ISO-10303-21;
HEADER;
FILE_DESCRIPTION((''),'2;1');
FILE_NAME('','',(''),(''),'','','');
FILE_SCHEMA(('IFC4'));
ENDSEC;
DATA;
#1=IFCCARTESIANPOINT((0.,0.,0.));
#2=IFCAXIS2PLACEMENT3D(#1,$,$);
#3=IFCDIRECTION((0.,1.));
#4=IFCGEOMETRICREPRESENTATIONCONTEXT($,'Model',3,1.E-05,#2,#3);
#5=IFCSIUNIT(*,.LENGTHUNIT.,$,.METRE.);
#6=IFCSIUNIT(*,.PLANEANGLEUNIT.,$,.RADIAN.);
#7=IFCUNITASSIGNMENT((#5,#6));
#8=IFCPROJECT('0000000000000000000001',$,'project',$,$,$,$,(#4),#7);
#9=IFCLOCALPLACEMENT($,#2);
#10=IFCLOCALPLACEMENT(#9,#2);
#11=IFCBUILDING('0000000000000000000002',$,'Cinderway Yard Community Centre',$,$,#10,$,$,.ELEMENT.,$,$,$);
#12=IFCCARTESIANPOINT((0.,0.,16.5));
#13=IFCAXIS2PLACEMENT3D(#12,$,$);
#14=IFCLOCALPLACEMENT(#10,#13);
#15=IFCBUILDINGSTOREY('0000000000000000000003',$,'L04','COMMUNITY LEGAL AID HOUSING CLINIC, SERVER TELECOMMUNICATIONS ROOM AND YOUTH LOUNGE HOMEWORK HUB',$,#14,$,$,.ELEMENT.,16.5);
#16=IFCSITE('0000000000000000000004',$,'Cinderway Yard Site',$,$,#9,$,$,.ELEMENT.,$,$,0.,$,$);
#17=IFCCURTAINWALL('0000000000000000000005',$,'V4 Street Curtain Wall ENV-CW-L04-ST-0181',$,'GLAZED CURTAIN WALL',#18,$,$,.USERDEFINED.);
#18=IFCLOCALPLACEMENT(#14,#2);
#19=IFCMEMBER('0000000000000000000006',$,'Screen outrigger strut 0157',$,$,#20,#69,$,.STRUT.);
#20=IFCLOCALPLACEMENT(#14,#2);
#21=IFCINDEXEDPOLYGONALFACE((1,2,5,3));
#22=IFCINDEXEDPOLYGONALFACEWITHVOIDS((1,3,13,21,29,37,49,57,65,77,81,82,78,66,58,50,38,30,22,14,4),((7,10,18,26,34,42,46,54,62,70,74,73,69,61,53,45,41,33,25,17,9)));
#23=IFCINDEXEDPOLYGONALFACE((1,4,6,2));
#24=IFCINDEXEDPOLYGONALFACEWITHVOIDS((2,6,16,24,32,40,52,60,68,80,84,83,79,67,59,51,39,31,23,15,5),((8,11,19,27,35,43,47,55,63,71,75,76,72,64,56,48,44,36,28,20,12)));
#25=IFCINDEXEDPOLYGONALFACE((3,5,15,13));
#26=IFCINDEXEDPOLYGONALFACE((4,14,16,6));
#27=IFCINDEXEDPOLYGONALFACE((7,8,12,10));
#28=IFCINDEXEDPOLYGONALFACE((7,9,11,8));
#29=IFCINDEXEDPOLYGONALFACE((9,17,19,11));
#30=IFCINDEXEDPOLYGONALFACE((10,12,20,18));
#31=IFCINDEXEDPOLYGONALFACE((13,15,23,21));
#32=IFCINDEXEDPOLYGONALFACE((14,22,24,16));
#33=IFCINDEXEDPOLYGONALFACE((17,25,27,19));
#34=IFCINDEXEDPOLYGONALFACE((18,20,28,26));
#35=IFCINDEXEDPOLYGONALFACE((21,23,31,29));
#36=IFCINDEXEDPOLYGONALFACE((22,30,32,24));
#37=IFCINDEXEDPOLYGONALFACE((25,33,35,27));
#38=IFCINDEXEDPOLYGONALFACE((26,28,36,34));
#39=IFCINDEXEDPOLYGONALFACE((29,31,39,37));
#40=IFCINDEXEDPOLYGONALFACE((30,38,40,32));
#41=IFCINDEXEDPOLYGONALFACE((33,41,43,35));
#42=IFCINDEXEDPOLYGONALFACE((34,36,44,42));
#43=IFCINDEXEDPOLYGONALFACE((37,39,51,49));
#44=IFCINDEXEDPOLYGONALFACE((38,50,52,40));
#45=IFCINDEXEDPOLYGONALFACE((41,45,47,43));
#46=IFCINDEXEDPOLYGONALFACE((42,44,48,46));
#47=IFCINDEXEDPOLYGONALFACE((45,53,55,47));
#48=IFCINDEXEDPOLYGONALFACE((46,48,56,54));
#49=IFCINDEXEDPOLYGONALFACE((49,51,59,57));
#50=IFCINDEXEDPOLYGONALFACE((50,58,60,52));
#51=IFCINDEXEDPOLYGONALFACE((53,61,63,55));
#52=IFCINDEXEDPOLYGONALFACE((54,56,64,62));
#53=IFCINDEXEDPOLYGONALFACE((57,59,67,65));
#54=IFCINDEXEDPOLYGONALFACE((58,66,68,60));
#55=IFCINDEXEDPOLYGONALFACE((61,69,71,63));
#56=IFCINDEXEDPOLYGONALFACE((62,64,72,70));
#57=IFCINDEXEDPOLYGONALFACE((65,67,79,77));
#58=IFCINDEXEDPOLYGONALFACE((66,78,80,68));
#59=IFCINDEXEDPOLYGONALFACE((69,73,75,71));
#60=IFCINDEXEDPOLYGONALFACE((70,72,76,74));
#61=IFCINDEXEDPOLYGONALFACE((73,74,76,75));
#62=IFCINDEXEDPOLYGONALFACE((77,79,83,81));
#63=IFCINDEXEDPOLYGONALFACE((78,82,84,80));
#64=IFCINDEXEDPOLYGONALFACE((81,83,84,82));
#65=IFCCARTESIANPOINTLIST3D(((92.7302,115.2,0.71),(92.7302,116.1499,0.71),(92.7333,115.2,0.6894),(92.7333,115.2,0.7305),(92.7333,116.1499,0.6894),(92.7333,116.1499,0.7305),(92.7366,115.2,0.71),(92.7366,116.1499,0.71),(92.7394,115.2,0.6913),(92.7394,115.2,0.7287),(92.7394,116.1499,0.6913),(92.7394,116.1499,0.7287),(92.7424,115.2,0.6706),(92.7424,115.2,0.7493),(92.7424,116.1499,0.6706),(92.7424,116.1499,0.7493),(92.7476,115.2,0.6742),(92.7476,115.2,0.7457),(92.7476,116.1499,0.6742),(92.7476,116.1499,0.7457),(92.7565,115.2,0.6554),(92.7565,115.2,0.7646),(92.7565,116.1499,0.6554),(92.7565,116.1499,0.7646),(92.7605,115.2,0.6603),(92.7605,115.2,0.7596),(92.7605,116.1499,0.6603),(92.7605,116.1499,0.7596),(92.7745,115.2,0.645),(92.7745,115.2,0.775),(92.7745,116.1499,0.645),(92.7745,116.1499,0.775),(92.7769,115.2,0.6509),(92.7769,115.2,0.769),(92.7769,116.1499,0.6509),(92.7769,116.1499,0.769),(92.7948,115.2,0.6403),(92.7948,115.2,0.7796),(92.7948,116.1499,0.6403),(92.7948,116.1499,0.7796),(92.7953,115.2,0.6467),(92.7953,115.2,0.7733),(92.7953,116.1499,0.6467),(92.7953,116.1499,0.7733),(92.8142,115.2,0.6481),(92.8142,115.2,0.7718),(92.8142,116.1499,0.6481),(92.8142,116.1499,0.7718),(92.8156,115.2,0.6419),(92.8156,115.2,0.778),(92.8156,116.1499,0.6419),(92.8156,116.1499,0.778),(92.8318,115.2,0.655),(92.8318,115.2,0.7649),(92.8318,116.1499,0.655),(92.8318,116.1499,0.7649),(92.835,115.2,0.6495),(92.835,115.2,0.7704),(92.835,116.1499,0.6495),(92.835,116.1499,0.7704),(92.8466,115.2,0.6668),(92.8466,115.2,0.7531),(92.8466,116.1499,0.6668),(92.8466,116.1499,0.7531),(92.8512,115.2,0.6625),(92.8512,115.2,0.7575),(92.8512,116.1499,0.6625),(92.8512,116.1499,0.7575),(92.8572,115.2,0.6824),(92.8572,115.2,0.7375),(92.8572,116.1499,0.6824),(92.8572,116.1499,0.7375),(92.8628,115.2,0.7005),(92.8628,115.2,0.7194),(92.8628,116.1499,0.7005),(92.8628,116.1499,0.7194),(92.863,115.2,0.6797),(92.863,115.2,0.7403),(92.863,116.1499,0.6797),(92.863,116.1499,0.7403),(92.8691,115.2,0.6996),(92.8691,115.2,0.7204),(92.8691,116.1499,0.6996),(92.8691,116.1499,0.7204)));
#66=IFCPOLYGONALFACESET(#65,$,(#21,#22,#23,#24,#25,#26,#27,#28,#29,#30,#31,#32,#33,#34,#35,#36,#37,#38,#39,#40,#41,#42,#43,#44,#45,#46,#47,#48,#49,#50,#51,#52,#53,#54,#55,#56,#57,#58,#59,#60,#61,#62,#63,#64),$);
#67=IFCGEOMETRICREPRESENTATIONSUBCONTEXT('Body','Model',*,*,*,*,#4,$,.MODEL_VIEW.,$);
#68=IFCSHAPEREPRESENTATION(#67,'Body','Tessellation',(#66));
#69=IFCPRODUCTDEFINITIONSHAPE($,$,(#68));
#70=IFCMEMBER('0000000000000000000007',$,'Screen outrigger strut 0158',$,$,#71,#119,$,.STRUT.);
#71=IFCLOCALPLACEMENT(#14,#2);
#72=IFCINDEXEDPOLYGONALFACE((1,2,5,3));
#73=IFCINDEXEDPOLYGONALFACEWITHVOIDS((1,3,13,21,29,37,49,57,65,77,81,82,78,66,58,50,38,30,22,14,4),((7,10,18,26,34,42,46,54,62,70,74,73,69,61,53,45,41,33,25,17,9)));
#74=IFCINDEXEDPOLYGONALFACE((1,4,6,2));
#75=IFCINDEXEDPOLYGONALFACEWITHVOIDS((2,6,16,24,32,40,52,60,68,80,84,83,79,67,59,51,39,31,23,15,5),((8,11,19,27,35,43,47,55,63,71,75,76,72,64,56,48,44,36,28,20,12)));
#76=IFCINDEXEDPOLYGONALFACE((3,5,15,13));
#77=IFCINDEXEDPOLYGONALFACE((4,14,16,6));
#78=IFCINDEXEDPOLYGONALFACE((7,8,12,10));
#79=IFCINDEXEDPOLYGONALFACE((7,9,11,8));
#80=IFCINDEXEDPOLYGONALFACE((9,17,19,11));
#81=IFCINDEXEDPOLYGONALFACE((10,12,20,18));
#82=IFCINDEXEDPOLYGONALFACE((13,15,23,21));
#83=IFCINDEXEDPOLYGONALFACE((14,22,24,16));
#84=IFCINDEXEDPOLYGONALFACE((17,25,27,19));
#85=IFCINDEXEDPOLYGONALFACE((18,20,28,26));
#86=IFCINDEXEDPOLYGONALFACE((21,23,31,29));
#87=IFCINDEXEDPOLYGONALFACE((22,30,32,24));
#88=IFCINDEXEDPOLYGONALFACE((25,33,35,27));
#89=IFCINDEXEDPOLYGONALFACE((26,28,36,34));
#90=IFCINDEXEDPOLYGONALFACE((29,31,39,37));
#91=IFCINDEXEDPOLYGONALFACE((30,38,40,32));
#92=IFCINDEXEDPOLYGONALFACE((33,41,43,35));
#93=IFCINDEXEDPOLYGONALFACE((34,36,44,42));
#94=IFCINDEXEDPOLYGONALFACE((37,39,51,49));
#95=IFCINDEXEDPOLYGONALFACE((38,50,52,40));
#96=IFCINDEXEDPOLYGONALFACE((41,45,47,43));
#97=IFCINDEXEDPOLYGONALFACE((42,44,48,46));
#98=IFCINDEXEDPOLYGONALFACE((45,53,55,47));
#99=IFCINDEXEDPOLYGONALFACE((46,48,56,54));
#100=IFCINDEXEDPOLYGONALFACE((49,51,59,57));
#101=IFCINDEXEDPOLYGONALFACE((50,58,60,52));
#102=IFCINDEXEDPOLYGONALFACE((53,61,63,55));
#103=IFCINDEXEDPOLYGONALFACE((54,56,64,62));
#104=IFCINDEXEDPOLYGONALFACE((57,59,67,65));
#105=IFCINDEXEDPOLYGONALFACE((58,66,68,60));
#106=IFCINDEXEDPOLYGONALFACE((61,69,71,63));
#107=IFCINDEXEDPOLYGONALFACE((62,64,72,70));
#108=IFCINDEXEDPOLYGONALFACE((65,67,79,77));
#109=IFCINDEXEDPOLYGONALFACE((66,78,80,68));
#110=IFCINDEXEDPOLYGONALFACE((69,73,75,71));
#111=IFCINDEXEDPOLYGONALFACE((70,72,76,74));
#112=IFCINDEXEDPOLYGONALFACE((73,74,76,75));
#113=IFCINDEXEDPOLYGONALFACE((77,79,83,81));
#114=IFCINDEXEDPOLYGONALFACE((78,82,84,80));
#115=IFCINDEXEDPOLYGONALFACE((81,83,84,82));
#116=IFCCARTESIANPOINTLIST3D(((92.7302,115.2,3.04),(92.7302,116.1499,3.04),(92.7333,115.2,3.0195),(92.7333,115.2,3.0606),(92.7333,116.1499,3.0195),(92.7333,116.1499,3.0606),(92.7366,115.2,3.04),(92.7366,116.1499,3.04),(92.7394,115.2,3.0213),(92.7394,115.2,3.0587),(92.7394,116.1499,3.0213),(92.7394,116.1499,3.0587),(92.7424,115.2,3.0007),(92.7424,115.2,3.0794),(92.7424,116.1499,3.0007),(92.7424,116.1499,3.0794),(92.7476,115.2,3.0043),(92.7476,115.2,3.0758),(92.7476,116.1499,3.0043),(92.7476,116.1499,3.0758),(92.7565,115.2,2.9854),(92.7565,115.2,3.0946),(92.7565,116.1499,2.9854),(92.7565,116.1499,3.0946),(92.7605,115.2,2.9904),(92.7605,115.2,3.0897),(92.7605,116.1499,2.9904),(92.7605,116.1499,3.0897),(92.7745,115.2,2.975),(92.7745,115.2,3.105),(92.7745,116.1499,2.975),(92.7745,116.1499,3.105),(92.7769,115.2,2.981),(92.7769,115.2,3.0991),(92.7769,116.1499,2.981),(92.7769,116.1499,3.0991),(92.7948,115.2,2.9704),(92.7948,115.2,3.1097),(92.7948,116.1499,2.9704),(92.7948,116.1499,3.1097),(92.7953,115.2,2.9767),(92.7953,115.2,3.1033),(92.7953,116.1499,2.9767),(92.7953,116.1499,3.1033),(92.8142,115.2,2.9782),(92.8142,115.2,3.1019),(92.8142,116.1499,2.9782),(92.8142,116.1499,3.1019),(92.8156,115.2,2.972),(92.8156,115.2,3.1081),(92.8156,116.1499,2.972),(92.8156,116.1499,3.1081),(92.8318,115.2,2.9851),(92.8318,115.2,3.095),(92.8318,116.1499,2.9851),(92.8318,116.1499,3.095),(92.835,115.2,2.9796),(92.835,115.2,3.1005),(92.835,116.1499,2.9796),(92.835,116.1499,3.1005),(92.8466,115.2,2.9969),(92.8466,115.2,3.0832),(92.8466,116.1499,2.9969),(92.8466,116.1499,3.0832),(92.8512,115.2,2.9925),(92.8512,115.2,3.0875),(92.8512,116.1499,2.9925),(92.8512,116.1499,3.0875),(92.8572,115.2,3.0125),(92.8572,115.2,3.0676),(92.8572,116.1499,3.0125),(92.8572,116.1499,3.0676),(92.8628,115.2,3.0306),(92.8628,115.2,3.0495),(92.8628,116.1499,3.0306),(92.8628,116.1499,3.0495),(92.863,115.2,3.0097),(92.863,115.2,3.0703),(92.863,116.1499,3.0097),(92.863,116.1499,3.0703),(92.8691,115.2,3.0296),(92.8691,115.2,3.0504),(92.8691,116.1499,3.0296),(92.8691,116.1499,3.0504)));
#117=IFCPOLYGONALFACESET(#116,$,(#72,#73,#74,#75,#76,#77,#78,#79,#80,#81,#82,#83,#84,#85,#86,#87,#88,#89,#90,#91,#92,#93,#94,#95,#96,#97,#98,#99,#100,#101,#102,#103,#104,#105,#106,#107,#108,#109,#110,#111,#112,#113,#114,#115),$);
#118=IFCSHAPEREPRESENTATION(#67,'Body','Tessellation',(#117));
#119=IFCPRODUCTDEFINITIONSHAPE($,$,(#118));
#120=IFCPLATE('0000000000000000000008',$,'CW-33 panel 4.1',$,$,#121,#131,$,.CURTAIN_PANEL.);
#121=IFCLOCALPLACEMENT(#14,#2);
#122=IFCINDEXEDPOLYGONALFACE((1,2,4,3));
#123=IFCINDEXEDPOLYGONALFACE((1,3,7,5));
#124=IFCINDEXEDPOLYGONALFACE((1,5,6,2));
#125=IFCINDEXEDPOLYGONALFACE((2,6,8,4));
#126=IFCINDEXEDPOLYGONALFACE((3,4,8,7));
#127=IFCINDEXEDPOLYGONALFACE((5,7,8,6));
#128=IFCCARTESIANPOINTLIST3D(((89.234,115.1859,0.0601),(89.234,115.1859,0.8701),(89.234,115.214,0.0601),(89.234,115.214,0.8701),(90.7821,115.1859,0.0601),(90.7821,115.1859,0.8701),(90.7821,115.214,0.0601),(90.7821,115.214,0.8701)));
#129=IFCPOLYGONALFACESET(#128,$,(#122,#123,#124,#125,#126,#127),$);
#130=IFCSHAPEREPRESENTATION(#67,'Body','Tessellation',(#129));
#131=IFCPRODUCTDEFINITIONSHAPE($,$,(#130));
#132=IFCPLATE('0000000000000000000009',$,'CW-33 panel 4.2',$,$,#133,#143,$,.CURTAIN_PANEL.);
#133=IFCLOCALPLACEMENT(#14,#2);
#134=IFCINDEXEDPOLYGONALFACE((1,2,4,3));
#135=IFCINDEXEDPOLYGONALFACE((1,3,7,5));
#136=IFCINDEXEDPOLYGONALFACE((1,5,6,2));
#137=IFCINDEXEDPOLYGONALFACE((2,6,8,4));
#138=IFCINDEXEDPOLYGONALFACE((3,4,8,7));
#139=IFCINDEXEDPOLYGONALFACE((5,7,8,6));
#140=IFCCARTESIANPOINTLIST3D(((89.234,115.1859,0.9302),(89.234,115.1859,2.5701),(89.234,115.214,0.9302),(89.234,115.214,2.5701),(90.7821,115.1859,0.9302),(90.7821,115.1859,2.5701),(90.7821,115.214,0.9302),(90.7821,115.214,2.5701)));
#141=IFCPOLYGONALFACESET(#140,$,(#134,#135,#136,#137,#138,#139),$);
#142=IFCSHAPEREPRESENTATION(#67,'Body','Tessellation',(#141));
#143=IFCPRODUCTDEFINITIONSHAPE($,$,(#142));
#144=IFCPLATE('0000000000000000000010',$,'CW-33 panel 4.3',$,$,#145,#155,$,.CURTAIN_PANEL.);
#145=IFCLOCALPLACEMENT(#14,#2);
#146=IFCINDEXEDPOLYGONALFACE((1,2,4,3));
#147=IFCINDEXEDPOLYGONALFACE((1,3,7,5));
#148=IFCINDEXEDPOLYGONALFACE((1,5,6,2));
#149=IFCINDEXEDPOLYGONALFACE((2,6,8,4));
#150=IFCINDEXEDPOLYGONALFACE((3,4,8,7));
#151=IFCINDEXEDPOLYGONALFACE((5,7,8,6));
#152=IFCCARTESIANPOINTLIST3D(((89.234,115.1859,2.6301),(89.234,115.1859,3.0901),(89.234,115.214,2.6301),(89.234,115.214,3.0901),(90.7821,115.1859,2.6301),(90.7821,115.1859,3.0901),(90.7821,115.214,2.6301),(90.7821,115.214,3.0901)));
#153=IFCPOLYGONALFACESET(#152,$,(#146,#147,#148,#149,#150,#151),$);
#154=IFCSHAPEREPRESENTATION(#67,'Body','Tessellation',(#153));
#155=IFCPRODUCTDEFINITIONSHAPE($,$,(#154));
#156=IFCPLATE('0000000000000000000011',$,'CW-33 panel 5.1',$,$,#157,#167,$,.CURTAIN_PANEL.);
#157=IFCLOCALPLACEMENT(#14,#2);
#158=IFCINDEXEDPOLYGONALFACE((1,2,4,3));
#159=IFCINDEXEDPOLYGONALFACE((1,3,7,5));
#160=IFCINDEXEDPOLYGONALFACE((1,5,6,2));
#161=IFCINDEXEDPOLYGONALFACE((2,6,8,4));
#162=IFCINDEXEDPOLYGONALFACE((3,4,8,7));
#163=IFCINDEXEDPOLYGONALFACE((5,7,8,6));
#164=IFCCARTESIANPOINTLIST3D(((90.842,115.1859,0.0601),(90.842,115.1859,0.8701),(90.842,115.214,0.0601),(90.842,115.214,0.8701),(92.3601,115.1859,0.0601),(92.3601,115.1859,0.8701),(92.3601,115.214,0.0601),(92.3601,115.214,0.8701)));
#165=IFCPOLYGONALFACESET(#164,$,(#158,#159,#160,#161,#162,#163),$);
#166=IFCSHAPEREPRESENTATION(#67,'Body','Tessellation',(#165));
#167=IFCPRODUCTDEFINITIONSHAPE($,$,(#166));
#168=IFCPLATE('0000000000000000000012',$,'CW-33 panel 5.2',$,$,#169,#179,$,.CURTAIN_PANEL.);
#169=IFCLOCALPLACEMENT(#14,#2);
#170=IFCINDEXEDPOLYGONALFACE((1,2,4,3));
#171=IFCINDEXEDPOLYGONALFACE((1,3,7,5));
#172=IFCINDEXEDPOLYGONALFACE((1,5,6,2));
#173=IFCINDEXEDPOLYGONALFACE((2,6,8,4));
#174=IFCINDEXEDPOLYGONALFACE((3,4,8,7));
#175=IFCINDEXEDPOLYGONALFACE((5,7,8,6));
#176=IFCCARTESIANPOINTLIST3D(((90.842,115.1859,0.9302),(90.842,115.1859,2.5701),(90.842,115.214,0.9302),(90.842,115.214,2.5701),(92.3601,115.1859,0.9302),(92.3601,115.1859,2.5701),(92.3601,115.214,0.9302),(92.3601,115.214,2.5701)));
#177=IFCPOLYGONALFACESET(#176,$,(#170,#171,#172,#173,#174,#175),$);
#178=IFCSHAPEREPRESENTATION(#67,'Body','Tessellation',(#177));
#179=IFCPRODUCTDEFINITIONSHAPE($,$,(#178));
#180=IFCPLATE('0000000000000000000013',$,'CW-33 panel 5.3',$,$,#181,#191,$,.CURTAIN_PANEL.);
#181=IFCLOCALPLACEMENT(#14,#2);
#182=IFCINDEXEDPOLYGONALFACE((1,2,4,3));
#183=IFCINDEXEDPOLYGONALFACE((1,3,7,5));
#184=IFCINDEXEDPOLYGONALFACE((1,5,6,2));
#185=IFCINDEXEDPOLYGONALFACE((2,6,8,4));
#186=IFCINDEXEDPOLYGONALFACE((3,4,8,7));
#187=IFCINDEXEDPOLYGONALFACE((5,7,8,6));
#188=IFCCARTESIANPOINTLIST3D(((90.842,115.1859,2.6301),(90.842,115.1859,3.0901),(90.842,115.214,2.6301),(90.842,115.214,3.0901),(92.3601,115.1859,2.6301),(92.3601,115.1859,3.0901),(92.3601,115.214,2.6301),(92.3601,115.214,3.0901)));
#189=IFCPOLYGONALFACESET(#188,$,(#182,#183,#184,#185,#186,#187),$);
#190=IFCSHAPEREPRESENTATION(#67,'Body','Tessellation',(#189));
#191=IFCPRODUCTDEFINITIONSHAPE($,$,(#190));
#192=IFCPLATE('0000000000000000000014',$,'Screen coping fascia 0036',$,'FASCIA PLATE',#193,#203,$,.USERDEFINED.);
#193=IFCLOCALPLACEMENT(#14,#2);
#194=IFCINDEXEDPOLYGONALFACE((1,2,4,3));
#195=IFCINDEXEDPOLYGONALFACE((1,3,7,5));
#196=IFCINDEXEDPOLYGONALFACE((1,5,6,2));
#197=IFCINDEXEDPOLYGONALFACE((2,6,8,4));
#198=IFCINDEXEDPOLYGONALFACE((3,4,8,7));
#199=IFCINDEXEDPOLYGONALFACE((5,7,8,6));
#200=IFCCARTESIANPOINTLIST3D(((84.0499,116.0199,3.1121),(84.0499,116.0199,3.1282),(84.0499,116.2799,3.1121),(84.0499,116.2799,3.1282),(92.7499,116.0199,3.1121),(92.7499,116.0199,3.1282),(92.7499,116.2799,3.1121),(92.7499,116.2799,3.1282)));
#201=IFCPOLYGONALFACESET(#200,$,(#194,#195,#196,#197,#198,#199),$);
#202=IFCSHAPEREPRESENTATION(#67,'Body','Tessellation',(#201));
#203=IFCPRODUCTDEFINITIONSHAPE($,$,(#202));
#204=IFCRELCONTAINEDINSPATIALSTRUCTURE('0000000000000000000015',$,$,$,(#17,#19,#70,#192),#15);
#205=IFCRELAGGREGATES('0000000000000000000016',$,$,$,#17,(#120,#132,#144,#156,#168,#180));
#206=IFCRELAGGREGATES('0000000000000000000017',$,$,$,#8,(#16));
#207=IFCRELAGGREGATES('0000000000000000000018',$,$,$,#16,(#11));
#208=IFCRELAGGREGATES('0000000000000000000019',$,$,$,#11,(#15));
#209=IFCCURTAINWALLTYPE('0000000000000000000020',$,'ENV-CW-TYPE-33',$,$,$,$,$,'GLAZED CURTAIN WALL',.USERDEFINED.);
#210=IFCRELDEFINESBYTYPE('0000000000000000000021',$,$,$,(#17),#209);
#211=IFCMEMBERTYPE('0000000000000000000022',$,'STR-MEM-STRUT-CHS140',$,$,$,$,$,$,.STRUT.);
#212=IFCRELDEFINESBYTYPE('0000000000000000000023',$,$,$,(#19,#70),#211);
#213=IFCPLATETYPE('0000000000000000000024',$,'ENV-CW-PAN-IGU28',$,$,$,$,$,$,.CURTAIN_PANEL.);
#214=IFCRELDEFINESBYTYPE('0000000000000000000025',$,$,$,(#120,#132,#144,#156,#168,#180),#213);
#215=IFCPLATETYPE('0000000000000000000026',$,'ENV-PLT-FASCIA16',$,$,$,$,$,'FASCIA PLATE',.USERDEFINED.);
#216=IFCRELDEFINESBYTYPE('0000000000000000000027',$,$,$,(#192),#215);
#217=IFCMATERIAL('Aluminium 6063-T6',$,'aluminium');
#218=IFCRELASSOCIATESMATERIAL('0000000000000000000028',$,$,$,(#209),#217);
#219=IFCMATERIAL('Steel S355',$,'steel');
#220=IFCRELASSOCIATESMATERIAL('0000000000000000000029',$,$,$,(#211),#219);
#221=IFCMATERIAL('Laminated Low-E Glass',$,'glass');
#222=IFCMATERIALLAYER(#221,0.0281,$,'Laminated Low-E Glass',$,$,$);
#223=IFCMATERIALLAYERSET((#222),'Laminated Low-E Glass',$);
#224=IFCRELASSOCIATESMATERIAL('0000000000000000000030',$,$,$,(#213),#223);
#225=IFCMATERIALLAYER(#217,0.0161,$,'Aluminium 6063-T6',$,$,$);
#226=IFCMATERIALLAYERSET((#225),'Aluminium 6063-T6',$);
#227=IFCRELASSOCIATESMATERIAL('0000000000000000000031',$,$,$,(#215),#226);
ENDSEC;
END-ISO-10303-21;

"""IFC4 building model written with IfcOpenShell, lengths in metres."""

from ifc_helpers import new_model, si_unit, direction, frame, origin, origin_2d, place, context, subcontext, project, spatial, rectangle, hollow_circle, extrude, material, layer, layer_set, material_profile, profile_set, type_object, element, aggregate, save


model = new_model("IFC4")

# Units and contexts
model_context = context("Model", 3, precision=1e-05, world=origin(), true_north=direction((0.0, 1.0)))
body_context = subcontext(model_context, "Body", "Model", "MODEL_VIEW")
ifc_project = project(units=[si_unit("LENGTHUNIT", "METRE"), si_unit("PLANEANGLEUNIT", "RADIAN")], contexts=[model_context])

# Site, building, storey
site_placement = place(None, origin())
site = spatial("IfcSite", under=ifc_project, at=site_placement, Name="Cinderway Yard Site", CompositionType="ELEMENT", RefElevation=0.0)
building_placement = place(site_placement, origin())
building = spatial("IfcBuilding", under=site, at=building_placement, Name="Cinderway Yard Community Centre", CompositionType="ELEMENT")
storey_placement = place(building_placement, frame((0.0, 0.0, 16.5)))
storey = spatial("IfcBuildingStorey", under=building, at=storey_placement, Name="L04", Description="COMMUNITY LEGAL AID HOUSING CLINIC, SERVER TELECOMMUNICATIONS ROOM AND YOUTH LOUNGE HOMEWORK HUB", CompositionType="ELEMENT", Elevation=16.5)

# Curtain wall
ifc_material_1 = material(Name="Aluminium 6063-T6", Category="aluminium")
curtain_wall_type = type_object("IfcCurtainWallType", Name="ENV-CW-TYPE-33", ElementType="GLAZED CURTAIN WALL", PredefinedType="USERDEFINED", material=ifc_material_1)
curtain_wall_placement = place(storey_placement, origin())
curtain_wall = element("IfcCurtainWall", 1, at=curtain_wall_placement, inside=storey, type_object=curtain_wall_type, Name="V4 Street Curtain Wall ENV-CW-L04-ST-0181", ObjectType="GLAZED CURTAIN WALL", PredefinedType="USERDEFINED")

# Shared definitions
ifc_material_2 = material(Name="Steel S355", Category="steel")

# Members
ifc_material_profile_1 = material_profile(ifc_material_2, hollow_circle(Radius=0.0698, WallThickness=0.0063, at=origin_2d()), Name="Steel S355")
ifc_profile_set_1 = profile_set([ifc_material_profile_1], Name="Steel S355")
member_type_1 = type_object("IfcMemberType", Name="STR-MEM-STRUT-CHS140", PredefinedType="STRUT", material=ifc_profile_set_1)
for number, where, z_axis, x_axis, name in (
    (2, (92.8, 115.2, 0.71), (0.0, 1.0, 0.0), (-1.0, 0.0, 0.0), "Screen outrigger strut 0157"),
    (3, (92.8, 115.2, 3.04), (0.0, 1.0, 0.0), (-1.0, 0.0, 0.0), "Screen outrigger strut 0158"),
):
    element("IfcMember", number, at=place(storey_placement, frame(where, z_axis=z_axis, x_axis=x_axis)), inside=storey, type_object=member_type_1, Name=name, PredefinedType="STRUT", context=body_context, shape_type="SweptSolid", body=[
        extrude(hollow_circle(Radius=0.0698, WallThickness=0.0063, at=origin_2d()), origin(), (0.0, 0.0, 1.0), 0.95),
    ])

# Plates
ifc_material_3 = material(Name="Laminated Low-E Glass", Category="glass")
ifc_layer_1 = layer(ifc_material_3, 0.0281, Name="Laminated Low-E Glass")
ifc_layer_set_1 = layer_set([ifc_layer_1], Name="Laminated Low-E Glass")
plate_type_1 = type_object("IfcPlateType", Name="ENV-CW-PAN-IGU28", PredefinedType="CURTAIN_PANEL", material=ifc_layer_set_1)
plate_1_placement = place(storey_placement, frame((90.0081, 115.2, 0.0601), z_axis=(0.0, 0.0, 1.0), x_axis=(1.0, 0.0, 0.0)))
plate_1 = element("IfcPlate", 4, at=plate_1_placement, type_object=plate_type_1, Name="CW-33 panel 4.1", PredefinedType="CURTAIN_PANEL", context=body_context, shape_type="SweptSolid", body=[
    extrude(rectangle(XDim=1.5481, YDim=0.0281, at=origin_2d()), origin(), (0.0, 0.0, 1.0), 0.8101),
])
plate_2_placement = place(storey_placement, frame((90.0081, 115.2, 0.9302), z_axis=(0.0, 0.0, 1.0), x_axis=(1.0, 0.0, 0.0)))
plate_2 = element("IfcPlate", 5, at=plate_2_placement, type_object=plate_type_1, Name="CW-33 panel 4.2", PredefinedType="CURTAIN_PANEL", context=body_context, shape_type="SweptSolid", body=[
    extrude(rectangle(XDim=1.5481, YDim=0.0281, at=origin_2d()), origin(), (0.0, 0.0, 1.0), 1.6399),
])
plate_3_placement = place(storey_placement, frame((90.0081, 115.2, 2.6301), z_axis=(0.0, 0.0, 1.0), x_axis=(1.0, 0.0, 0.0)))
plate_3 = element("IfcPlate", 6, at=plate_3_placement, type_object=plate_type_1, Name="CW-33 panel 4.3", PredefinedType="CURTAIN_PANEL", context=body_context, shape_type="SweptSolid", body=[
    extrude(rectangle(XDim=1.5481, YDim=0.0281, at=origin_2d()), origin(), (0.0, 0.0, 1.0), 0.46),
])
plate_4_placement = place(storey_placement, frame((91.6011, 115.2, 0.0601), z_axis=(0.0, 0.0, 1.0), x_axis=(1.0, 0.0, 0.0)))
plate_4 = element("IfcPlate", 7, at=plate_4_placement, type_object=plate_type_1, Name="CW-33 panel 5.1", PredefinedType="CURTAIN_PANEL", context=body_context, shape_type="SweptSolid", body=[
    extrude(rectangle(XDim=1.5181, YDim=0.0281, at=origin_2d()), origin(), (0.0, 0.0, 1.0), 0.8101),
])
plate_5_placement = place(storey_placement, frame((91.6011, 115.2, 0.9302), z_axis=(0.0, 0.0, 1.0), x_axis=(1.0, 0.0, 0.0)))
plate_5 = element("IfcPlate", 8, at=plate_5_placement, type_object=plate_type_1, Name="CW-33 panel 5.2", PredefinedType="CURTAIN_PANEL", context=body_context, shape_type="SweptSolid", body=[
    extrude(rectangle(XDim=1.5181, YDim=0.0281, at=origin_2d()), origin(), (0.0, 0.0, 1.0), 1.6399),
])
plate_6_placement = place(storey_placement, frame((91.6011, 115.2, 2.6301), z_axis=(0.0, 0.0, 1.0), x_axis=(1.0, 0.0, 0.0)))
plate_6 = element("IfcPlate", 9, at=plate_6_placement, type_object=plate_type_1, Name="CW-33 panel 5.3", PredefinedType="CURTAIN_PANEL", context=body_context, shape_type="SweptSolid", body=[
    extrude(rectangle(XDim=1.5181, YDim=0.0281, at=origin_2d()), origin(), (0.0, 0.0, 1.0), 0.46),
])
aggregate(curtain_wall, [plate_1, plate_2, plate_3, plate_4, plate_5, plate_6])
ifc_layer_2 = layer(ifc_material_1, 0.0161, Name="Aluminium 6063-T6")
ifc_layer_set_2 = layer_set([ifc_layer_2], Name="Aluminium 6063-T6")
plate_type_2 = type_object("IfcPlateType", Name="ENV-PLT-FASCIA16", ElementType="FASCIA PLATE", PredefinedType="USERDEFINED", material=ifc_layer_set_2)
plate_7_placement = place(storey_placement, frame((88.3999, 116.1499, 3.1121), z_axis=(0.0, 0.0, 1.0), x_axis=(1.0, 0.0, 0.0)))
element("IfcPlate", 10, at=plate_7_placement, inside=storey, type_object=plate_type_2, Name="Screen coping fascia 0036", ObjectType="FASCIA PLATE", PredefinedType="USERDEFINED", context=body_context, shape_type="SweptSolid", body=[
    extrude(rectangle(XDim=8.7, YDim=0.26, at=origin_2d()), origin(), (0.0, 0.0, 1.0), 0.0161),
])

save(model, "model.ifc")
